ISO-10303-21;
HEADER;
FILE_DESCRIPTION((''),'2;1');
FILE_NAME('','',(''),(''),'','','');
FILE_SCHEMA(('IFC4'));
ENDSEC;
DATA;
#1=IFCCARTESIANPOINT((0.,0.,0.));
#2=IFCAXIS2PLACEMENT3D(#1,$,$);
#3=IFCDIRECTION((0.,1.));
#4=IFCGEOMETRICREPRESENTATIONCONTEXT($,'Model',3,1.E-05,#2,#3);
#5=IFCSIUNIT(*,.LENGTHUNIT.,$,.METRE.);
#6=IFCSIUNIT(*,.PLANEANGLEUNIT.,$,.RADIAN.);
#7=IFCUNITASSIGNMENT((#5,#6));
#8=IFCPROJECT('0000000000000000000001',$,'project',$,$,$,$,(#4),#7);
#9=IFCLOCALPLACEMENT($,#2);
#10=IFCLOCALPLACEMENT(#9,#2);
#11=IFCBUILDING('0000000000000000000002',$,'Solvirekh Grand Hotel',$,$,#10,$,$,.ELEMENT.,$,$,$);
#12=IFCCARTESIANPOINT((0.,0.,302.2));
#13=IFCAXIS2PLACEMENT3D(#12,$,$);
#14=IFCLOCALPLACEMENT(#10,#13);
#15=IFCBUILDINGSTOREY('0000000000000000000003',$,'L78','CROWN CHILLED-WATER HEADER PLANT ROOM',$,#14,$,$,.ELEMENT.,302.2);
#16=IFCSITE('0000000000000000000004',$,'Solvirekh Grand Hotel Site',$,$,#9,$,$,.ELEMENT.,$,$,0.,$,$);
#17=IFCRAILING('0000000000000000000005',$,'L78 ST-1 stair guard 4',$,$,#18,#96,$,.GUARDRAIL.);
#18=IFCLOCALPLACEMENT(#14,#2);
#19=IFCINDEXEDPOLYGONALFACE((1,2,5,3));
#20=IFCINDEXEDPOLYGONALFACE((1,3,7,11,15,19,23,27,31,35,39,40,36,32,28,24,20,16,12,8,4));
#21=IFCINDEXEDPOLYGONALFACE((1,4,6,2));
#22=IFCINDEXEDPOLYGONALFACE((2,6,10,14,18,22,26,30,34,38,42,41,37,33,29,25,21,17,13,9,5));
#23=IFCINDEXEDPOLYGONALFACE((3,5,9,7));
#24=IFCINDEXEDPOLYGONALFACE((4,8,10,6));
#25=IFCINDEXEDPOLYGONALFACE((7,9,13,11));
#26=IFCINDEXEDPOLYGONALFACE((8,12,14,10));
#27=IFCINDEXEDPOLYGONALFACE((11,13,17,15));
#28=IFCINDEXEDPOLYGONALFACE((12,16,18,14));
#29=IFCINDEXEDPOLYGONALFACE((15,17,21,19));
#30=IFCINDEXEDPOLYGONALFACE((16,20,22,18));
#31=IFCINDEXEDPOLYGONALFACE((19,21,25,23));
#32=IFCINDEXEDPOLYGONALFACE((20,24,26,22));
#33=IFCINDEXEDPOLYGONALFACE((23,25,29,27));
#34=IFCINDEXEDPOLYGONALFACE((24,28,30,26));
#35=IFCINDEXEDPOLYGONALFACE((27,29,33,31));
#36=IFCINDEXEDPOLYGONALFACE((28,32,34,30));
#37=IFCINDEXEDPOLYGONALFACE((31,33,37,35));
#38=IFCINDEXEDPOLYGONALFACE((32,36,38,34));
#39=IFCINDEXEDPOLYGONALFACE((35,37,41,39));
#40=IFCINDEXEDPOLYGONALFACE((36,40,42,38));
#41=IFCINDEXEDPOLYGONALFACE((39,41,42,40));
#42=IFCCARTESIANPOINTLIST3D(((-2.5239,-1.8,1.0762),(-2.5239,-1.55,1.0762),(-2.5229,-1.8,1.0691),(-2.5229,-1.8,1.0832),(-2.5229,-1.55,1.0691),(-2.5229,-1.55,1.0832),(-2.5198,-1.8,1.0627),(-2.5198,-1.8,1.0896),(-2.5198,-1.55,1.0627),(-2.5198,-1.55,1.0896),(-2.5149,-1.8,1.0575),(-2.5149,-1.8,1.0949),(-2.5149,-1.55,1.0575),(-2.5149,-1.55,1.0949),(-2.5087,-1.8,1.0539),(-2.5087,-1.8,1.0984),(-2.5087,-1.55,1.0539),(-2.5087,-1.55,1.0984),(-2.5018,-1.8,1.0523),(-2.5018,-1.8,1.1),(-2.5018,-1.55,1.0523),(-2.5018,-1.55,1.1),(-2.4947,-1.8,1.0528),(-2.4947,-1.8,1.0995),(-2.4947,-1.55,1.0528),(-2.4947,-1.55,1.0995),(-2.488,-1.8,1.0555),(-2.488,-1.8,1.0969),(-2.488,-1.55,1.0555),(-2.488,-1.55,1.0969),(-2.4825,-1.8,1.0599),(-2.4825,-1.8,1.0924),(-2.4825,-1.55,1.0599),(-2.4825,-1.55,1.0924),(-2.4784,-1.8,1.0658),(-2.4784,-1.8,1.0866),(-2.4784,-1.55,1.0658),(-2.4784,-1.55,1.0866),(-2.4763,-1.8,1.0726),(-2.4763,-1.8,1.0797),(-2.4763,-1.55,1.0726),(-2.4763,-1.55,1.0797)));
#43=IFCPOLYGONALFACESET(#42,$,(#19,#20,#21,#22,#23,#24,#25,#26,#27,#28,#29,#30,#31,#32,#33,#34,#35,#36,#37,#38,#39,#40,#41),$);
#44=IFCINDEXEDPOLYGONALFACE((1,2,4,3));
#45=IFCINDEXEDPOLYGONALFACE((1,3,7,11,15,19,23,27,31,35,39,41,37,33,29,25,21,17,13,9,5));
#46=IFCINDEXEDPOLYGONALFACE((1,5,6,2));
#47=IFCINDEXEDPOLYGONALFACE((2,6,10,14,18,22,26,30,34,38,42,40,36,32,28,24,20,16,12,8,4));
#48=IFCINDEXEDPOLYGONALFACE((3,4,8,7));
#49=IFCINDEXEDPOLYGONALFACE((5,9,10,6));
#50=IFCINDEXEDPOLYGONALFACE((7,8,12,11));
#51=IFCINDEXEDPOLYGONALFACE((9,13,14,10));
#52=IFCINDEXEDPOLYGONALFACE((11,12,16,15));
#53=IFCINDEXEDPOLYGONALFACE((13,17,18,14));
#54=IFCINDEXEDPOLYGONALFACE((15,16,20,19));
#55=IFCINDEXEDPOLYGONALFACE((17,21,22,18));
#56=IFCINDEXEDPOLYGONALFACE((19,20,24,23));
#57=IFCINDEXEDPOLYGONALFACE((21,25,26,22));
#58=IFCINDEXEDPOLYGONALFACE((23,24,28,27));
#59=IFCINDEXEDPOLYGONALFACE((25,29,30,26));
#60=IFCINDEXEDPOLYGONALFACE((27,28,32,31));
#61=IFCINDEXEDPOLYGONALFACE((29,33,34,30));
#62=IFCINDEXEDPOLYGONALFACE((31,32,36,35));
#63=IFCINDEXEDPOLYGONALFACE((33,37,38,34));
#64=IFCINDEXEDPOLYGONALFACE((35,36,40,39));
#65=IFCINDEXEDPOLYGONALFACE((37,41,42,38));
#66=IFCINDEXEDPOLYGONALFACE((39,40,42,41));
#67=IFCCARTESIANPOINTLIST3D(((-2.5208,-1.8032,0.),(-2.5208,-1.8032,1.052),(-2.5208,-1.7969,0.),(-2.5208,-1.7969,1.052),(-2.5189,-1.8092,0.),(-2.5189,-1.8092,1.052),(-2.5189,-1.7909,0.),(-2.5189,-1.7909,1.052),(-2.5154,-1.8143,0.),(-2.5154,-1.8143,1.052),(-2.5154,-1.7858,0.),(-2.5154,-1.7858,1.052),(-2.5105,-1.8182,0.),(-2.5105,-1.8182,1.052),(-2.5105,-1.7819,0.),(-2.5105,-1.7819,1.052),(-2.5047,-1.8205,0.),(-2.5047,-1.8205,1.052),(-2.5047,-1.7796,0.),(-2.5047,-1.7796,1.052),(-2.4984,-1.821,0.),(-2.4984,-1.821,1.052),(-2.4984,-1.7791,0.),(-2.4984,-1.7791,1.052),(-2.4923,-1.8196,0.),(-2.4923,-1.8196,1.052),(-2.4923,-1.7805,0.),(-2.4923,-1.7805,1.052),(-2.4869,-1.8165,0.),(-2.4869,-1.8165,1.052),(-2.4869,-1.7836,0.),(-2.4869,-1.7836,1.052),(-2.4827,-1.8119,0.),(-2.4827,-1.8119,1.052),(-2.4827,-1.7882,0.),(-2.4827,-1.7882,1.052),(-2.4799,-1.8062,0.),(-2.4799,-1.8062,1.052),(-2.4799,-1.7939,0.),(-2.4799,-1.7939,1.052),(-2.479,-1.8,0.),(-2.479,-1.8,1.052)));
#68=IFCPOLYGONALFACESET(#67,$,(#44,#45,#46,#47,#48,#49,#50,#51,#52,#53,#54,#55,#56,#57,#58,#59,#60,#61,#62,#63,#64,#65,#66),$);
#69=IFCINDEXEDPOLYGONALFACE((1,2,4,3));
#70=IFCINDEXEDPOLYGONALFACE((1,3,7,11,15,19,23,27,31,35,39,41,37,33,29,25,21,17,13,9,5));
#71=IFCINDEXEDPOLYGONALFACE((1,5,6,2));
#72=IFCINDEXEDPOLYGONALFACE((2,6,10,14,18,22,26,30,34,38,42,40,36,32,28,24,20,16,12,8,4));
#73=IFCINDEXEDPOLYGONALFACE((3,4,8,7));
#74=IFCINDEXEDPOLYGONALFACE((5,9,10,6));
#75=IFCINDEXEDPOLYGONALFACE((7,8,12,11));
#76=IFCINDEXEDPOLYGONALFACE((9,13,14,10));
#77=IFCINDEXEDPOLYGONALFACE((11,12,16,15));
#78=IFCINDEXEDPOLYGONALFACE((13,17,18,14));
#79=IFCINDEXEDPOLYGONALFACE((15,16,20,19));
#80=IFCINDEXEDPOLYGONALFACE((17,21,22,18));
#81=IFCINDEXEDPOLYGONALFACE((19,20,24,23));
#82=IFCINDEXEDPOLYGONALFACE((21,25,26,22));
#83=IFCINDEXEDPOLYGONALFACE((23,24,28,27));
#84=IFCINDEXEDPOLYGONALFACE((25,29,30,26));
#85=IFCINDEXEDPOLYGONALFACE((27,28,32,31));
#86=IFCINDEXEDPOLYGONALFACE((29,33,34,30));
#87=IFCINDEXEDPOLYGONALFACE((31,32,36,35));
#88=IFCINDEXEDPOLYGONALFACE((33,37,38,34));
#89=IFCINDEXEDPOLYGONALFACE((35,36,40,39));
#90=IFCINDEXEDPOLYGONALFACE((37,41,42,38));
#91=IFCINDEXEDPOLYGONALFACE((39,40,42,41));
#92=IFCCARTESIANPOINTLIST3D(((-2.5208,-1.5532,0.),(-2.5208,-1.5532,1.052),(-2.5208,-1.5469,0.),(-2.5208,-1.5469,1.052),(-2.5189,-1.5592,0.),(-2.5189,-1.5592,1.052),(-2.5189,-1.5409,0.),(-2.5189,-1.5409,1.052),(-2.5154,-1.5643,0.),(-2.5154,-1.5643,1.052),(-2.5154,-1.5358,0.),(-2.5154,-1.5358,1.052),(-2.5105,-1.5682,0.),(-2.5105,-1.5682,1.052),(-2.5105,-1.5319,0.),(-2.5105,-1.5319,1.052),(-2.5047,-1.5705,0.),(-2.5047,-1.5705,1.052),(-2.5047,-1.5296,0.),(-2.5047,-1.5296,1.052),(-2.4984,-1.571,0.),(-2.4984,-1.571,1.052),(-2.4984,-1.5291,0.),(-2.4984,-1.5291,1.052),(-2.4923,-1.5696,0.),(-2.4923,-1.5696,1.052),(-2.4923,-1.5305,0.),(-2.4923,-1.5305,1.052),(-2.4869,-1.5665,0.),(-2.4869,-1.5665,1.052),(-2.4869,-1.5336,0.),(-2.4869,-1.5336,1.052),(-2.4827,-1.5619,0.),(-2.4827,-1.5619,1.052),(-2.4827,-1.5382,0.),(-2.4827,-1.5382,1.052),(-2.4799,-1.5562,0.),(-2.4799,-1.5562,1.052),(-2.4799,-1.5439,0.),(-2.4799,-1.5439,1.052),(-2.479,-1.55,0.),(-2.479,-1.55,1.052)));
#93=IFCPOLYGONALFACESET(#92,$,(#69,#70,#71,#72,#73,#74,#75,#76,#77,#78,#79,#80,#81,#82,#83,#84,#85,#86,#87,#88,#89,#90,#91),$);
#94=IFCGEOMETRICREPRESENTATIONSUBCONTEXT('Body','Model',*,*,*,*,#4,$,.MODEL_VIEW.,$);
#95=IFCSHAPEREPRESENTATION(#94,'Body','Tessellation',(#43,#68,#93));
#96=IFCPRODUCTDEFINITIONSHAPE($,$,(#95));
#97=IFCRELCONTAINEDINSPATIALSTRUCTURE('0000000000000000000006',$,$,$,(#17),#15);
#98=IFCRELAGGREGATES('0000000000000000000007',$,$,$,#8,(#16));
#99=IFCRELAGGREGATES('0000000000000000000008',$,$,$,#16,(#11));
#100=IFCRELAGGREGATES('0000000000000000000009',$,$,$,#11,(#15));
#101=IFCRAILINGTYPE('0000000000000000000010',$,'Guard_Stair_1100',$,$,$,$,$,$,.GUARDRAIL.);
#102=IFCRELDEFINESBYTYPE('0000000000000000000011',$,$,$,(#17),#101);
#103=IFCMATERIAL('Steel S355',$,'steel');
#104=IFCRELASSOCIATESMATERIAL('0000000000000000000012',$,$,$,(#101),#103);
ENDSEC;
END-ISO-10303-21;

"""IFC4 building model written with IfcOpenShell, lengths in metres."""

from ifc_helpers import new_model, si_unit, direction, frame, origin, origin_2d, place, context, subcontext, project, spatial, circle, extrude, material, type_object, element, save


model = new_model("IFC4")

# Units and contexts
model_context = context("Model", 3, precision=1e-05, world=origin(), true_north=direction((0.0, 1.0)))
body_context = subcontext(model_context, "Body", "Model", "MODEL_VIEW")
ifc_project = project(units=[si_unit("LENGTHUNIT", "METRE"), si_unit("PLANEANGLEUNIT", "RADIAN")], contexts=[model_context])

# Site, building, storey
site_placement = place(None, origin())
site = spatial("IfcSite", under=ifc_project, at=site_placement, Name="Solvirekh Grand Hotel Site", CompositionType="ELEMENT", RefElevation=0.0)
building_placement = place(site_placement, origin())
building = spatial("IfcBuilding", under=site, at=building_placement, Name="Solvirekh Grand Hotel", CompositionType="ELEMENT")
storey_placement = place(building_placement, frame((0.0, 0.0, 302.2)))
storey = spatial("IfcBuildingStorey", under=building, at=storey_placement, Name="L78", Description="CROWN CHILLED-WATER HEADER PLANT ROOM", CompositionType="ELEMENT", Elevation=302.2)

# Shared definitions
ifc_material_1 = material(Name="Steel S355", Category="steel")

# Railing
railing_type_1 = type_object("IfcRailingType", Name="Guard_Stair_1100", PredefinedType="GUARDRAIL", material=ifc_material_1)
railing_1_placement = place(storey_placement, frame((-2.5, -1.8, 0.0)))
element("IfcRailing", 1, at=railing_1_placement, inside=storey, type_object=railing_type_1, Name="L78 ST-1 stair guard 4", PredefinedType="GUARDRAIL", context=body_context, shape_type="SweptSolid", body=[
    extrude(circle(Radius=0.0239, at=origin_2d()), frame((0.0, 0.0, 1.0762), z_axis=(0.0, 1.0, 0.0), x_axis=(-1.0, 0.0, 0.0)), (0.0, 0.0, 1.0), 0.25),
    extrude(circle(Radius=0.021, at=origin_2d()), origin(), (0.0, 0.0, 1.0), 1.052),
    extrude(circle(Radius=0.021, at=origin_2d()), frame((0.0, 0.25, 0.0)), (0.0, 0.0, 1.0), 1.052),
])

save(model, "model.ifc")
